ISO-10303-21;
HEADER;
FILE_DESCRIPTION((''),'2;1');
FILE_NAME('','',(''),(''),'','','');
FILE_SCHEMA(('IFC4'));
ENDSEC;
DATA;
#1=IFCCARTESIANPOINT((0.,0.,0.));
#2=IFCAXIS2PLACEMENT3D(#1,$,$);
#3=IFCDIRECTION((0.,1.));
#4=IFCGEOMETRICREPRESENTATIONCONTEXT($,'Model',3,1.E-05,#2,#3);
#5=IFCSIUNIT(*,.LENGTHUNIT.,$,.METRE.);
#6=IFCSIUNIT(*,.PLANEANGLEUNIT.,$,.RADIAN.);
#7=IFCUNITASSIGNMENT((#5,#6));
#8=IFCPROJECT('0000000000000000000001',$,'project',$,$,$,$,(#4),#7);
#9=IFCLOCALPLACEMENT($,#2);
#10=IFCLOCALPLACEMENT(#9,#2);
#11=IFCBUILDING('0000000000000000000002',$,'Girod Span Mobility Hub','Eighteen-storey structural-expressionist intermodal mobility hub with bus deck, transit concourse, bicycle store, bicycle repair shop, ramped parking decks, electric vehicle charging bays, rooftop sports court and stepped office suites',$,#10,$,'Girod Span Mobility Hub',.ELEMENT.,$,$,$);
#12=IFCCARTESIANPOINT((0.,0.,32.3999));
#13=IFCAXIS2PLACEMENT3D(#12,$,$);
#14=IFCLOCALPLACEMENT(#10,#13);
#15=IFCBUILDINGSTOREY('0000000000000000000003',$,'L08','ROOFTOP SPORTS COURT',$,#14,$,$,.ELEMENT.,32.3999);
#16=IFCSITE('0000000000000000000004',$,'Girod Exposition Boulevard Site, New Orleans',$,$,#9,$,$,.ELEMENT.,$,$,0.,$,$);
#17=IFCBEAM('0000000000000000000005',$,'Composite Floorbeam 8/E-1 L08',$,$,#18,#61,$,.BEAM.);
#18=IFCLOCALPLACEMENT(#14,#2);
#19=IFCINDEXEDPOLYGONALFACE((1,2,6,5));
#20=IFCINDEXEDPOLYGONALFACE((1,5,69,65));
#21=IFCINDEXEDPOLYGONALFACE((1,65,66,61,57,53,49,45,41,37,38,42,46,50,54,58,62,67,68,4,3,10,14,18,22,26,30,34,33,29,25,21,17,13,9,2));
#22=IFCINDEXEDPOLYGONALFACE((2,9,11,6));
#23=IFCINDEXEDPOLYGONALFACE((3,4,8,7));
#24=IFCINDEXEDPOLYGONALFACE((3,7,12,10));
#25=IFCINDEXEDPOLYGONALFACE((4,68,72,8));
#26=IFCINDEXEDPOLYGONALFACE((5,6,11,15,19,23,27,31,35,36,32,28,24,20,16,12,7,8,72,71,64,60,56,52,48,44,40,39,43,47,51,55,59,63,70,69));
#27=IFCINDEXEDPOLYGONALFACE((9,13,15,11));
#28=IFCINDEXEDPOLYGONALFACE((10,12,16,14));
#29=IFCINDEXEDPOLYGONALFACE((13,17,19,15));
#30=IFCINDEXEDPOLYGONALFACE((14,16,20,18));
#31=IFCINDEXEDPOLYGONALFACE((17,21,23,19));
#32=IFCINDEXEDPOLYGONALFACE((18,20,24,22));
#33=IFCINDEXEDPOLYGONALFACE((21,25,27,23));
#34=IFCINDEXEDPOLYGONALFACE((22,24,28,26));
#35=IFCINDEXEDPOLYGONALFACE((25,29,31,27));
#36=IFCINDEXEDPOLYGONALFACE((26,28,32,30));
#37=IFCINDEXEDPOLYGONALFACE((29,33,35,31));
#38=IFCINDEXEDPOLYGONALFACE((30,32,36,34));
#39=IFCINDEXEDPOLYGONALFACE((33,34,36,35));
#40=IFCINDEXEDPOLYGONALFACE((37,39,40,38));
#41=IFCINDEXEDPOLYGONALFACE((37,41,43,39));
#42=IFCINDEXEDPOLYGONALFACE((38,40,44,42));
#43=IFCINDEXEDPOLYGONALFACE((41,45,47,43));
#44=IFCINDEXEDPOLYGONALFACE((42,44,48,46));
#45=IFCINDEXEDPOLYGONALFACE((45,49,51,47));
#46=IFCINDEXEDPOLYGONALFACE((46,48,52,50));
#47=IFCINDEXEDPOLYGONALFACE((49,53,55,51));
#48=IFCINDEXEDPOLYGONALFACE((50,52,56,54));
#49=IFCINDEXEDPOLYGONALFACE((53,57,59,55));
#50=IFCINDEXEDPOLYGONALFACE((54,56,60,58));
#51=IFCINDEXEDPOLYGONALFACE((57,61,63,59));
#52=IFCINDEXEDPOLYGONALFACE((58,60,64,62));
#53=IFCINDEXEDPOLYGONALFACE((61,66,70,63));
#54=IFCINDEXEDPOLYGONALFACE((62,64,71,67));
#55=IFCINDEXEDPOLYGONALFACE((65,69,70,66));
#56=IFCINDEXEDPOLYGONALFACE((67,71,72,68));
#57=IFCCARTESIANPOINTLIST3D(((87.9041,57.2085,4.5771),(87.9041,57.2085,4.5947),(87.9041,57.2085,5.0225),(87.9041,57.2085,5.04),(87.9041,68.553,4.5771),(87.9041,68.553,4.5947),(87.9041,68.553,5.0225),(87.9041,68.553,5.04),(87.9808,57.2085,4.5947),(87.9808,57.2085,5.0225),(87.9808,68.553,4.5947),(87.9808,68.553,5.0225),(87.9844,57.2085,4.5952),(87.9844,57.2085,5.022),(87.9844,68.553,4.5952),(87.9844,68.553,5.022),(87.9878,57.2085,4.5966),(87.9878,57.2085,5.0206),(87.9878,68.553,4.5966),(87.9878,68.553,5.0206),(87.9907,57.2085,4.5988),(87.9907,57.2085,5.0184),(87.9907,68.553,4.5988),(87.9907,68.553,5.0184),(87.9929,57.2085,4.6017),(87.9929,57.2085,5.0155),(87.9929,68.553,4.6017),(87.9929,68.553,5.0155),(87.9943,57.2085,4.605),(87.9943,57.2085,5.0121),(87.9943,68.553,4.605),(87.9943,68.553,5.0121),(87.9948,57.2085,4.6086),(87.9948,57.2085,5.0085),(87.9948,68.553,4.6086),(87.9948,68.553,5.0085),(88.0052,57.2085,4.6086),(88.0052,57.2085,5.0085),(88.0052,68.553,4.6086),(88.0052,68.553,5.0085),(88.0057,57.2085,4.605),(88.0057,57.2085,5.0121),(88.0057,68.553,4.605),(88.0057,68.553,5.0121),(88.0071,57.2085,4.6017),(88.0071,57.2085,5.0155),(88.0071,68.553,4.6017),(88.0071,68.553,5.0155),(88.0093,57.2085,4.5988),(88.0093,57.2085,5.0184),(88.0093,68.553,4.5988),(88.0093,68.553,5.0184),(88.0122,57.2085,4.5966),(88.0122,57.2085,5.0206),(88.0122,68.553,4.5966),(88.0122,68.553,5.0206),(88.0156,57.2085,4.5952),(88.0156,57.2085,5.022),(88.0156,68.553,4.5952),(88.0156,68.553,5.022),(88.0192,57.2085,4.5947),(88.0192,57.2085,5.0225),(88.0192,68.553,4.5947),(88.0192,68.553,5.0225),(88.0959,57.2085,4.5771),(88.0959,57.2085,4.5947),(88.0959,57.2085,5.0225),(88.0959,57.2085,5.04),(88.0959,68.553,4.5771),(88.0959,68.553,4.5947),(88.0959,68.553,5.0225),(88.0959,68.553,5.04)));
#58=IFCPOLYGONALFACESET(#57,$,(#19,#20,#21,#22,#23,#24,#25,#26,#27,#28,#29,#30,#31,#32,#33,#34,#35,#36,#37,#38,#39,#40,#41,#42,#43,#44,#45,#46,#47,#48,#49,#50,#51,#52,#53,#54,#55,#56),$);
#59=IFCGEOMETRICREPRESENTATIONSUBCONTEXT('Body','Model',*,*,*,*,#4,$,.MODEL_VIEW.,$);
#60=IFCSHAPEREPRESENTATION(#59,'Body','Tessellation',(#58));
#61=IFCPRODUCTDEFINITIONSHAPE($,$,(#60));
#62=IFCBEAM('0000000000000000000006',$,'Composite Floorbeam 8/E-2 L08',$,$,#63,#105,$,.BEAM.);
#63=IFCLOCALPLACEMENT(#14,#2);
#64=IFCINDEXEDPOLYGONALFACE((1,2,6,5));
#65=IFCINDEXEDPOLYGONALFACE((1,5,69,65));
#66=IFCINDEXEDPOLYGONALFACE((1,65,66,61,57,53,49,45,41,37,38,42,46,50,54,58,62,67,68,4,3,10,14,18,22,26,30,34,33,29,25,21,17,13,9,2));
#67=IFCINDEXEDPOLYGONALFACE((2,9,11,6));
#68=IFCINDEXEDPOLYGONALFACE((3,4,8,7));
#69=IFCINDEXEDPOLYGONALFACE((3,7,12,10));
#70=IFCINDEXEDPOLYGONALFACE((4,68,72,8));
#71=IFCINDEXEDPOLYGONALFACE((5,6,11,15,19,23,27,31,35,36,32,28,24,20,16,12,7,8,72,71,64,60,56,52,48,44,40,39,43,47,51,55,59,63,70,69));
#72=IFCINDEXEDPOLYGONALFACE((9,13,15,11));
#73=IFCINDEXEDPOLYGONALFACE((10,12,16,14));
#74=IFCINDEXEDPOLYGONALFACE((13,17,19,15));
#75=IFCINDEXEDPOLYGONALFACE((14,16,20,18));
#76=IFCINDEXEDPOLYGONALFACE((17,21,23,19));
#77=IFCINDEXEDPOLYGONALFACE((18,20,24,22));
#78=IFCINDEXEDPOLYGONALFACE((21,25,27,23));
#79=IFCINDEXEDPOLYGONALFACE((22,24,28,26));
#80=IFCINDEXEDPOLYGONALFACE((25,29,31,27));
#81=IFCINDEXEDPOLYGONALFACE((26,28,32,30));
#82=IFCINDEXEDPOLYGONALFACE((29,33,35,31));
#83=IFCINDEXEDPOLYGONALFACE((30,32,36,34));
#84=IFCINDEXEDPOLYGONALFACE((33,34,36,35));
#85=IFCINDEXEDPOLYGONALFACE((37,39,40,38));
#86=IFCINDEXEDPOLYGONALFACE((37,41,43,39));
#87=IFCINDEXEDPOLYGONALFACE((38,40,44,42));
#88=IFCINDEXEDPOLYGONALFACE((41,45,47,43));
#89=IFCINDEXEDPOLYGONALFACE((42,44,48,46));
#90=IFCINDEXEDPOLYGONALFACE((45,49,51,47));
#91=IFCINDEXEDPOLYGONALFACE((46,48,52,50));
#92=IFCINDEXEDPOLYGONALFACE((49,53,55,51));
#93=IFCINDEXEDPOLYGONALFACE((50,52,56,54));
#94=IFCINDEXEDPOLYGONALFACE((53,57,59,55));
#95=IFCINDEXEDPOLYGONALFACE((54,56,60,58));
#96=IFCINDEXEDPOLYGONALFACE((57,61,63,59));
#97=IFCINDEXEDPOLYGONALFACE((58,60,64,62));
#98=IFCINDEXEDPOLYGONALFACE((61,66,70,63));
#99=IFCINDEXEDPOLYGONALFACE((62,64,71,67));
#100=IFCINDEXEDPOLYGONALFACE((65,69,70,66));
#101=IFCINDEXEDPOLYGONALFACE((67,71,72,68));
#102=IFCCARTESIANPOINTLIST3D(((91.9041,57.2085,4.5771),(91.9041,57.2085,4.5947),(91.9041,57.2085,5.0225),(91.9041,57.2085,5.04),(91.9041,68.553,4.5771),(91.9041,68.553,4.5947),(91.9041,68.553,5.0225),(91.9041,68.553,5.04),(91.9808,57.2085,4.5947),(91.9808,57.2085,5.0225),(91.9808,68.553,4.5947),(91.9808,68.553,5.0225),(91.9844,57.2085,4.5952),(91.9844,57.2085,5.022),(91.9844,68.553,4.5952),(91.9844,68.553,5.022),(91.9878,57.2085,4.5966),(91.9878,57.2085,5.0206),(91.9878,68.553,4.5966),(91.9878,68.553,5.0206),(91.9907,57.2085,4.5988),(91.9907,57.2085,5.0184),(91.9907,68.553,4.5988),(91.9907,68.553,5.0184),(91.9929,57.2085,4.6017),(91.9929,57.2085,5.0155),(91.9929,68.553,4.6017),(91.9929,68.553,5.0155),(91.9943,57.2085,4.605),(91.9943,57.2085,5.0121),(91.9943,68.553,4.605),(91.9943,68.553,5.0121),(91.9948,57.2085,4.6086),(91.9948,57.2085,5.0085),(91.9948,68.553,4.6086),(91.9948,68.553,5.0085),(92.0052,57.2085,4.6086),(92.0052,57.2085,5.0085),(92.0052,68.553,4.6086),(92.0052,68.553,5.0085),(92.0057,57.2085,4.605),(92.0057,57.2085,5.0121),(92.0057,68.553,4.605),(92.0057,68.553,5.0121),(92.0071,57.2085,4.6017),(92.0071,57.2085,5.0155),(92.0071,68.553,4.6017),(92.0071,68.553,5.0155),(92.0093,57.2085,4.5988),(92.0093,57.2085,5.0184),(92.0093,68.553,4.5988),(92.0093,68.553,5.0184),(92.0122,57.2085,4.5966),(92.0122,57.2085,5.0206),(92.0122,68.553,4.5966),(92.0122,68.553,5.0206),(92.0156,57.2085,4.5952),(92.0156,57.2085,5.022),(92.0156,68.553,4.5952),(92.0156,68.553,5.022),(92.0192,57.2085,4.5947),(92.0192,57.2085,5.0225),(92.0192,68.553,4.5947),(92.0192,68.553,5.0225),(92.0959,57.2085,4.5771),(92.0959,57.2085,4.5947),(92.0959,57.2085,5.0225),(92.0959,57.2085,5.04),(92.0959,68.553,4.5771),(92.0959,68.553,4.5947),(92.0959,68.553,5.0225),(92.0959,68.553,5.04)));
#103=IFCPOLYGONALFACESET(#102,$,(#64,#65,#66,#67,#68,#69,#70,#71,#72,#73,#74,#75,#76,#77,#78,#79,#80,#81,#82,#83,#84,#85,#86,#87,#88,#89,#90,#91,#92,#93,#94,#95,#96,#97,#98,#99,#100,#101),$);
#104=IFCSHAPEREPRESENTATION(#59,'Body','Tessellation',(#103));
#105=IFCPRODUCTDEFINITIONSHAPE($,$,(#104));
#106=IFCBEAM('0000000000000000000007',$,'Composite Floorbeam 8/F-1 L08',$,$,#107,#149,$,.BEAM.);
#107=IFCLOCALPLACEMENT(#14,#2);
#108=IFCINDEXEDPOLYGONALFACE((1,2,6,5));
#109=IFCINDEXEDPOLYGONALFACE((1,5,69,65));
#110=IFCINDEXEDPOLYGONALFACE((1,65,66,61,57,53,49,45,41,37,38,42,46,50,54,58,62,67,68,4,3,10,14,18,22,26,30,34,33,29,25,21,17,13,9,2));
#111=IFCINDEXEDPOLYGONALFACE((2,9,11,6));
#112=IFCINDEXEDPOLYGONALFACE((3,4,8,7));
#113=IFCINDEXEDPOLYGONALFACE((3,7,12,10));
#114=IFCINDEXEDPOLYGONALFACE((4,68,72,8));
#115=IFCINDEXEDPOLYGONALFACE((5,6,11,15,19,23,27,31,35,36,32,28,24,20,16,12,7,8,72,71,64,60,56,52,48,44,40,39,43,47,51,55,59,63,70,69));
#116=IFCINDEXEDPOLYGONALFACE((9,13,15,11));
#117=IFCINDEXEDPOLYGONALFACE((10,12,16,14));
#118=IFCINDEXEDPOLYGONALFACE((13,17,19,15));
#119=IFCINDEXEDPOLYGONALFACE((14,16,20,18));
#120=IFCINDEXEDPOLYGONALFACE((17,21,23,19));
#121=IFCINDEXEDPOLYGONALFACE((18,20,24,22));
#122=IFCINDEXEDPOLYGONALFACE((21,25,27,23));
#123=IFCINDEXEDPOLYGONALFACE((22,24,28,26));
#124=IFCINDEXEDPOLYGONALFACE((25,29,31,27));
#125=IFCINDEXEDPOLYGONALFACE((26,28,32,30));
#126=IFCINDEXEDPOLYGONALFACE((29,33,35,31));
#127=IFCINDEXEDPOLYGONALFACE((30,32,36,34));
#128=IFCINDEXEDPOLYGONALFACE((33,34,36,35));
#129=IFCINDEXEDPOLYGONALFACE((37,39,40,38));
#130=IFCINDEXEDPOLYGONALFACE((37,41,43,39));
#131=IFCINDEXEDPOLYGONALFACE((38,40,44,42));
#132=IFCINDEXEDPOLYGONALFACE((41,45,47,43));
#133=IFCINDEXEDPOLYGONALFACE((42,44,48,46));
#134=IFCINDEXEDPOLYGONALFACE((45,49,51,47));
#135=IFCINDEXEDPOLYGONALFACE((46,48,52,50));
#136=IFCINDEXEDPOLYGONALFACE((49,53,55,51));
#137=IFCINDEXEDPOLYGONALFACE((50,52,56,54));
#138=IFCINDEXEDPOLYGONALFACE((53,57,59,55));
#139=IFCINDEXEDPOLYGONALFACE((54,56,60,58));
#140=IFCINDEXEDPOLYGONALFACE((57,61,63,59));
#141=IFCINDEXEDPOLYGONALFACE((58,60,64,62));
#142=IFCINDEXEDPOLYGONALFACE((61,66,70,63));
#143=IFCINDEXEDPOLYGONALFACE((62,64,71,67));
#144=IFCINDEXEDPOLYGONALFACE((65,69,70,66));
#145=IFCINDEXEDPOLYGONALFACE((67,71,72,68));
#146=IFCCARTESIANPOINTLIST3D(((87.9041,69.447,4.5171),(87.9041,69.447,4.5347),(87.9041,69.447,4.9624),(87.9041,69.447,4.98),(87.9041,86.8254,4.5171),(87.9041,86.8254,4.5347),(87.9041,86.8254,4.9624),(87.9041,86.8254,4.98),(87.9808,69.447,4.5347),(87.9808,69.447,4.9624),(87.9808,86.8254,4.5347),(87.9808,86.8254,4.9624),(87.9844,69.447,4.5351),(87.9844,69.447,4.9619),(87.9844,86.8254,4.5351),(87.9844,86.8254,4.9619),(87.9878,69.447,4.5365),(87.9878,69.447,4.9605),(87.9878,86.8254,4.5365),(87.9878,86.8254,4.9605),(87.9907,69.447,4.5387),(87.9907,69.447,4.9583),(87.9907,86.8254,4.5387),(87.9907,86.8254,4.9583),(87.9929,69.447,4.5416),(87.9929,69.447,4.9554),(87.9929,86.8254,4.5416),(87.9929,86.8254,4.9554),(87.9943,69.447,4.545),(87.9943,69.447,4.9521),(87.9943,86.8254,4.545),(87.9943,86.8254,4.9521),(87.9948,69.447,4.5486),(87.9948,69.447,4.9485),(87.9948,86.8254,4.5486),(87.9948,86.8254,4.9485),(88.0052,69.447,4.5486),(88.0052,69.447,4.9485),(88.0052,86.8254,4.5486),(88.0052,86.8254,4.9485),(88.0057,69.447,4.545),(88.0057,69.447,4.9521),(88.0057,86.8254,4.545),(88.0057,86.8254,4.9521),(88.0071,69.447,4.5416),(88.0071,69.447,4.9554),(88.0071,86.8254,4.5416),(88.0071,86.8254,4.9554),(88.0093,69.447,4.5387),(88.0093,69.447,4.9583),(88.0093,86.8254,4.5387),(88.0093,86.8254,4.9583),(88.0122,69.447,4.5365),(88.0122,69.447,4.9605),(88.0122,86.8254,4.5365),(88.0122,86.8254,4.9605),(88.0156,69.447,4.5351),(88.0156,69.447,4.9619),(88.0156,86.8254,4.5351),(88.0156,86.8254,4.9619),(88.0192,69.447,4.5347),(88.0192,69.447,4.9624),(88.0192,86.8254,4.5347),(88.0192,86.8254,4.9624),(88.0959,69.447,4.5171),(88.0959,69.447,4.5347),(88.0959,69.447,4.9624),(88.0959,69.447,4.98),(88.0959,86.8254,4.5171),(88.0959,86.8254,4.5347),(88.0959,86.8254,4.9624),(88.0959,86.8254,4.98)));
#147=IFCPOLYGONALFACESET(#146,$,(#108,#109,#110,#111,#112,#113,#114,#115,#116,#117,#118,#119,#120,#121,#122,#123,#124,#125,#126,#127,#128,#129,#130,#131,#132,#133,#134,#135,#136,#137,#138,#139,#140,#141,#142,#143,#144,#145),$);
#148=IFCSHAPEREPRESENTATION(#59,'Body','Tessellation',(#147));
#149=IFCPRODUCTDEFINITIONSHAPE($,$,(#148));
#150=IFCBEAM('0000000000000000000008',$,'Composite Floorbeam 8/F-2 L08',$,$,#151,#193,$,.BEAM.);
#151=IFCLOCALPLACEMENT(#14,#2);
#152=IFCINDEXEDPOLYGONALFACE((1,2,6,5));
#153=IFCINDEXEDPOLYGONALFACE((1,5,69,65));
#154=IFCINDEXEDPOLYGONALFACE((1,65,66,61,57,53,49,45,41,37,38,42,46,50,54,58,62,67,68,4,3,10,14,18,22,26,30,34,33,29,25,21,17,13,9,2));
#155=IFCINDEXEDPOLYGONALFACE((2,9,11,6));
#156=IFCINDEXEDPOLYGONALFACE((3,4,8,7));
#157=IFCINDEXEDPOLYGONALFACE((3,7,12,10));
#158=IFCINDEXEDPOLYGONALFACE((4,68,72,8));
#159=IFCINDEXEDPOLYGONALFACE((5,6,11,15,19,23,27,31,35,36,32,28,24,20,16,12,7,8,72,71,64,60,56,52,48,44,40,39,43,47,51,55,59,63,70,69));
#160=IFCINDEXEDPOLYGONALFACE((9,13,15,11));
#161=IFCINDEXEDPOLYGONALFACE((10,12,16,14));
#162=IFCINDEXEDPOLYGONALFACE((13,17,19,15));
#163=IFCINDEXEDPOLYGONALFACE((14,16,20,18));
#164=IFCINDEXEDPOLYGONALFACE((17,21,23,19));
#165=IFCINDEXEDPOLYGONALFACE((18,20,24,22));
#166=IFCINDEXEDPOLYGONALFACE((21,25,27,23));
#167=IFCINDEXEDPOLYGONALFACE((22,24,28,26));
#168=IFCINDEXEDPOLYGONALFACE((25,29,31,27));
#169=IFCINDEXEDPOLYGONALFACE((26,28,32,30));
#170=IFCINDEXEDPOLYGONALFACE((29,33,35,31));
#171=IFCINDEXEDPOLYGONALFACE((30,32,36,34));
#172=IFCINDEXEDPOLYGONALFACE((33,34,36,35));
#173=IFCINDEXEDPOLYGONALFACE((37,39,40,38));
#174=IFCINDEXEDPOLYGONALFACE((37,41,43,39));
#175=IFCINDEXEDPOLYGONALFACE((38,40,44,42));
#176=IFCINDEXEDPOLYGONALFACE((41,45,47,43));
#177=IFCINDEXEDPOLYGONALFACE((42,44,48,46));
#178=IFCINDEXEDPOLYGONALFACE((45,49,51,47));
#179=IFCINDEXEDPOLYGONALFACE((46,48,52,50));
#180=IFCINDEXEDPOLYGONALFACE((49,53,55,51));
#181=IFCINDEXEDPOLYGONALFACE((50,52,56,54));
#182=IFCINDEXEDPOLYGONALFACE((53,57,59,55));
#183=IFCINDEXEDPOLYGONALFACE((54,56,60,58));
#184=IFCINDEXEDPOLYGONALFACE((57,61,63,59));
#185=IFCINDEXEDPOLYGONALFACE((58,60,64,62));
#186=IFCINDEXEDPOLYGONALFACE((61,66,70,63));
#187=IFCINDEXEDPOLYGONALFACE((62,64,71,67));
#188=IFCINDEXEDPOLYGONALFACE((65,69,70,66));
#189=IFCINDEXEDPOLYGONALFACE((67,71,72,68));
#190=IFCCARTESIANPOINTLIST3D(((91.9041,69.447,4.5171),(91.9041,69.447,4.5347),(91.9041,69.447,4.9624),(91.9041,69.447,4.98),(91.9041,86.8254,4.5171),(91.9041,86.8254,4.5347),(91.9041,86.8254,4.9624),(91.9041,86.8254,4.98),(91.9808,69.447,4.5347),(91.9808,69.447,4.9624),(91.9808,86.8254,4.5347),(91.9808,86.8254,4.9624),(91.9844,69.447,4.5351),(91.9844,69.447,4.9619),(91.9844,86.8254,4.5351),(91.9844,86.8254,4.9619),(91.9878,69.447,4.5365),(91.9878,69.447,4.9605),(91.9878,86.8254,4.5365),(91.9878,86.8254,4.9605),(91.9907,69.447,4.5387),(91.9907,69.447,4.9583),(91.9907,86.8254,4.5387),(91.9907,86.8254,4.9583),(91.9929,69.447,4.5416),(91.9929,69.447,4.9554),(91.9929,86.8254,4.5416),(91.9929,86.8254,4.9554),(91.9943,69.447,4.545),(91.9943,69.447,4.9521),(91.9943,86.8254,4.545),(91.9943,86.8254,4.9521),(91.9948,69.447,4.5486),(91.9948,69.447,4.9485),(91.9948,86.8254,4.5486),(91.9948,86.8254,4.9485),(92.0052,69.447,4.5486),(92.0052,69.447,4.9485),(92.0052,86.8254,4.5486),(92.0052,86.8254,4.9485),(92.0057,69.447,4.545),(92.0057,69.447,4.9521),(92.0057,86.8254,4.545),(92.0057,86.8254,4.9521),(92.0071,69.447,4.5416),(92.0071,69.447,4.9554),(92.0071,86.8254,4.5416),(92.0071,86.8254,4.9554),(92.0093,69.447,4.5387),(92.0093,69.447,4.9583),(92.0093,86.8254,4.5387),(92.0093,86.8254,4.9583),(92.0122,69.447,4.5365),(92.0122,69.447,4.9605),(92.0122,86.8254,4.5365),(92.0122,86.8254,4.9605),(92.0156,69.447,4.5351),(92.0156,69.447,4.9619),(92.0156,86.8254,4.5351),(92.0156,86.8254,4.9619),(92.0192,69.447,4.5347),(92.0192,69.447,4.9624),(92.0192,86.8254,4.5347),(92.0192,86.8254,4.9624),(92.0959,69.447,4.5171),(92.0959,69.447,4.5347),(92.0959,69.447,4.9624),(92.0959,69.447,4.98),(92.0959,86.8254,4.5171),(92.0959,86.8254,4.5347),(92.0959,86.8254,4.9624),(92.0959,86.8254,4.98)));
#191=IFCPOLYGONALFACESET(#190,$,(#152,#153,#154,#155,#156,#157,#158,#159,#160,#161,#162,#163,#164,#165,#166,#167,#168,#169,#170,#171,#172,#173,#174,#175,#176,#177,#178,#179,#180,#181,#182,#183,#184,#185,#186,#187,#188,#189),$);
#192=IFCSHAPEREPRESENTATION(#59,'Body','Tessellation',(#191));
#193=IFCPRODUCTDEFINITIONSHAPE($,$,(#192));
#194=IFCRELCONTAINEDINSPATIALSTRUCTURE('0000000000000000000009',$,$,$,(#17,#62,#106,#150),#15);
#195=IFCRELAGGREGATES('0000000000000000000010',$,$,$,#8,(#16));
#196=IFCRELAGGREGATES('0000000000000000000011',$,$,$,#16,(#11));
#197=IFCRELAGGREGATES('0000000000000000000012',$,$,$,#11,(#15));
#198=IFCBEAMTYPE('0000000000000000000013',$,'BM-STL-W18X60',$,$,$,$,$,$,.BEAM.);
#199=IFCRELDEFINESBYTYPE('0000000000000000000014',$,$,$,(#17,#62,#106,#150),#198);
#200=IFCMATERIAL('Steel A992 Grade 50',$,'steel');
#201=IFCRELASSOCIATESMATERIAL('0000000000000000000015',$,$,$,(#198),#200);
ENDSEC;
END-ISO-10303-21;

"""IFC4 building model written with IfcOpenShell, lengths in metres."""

from ifc_helpers import new_model, si_unit, direction, frame, origin, origin_2d, place, context, subcontext, project, spatial, i_section, extrude, material, material_profile, profile_set, type_object, element, save


model = new_model("IFC4")

# Units and contexts
model_context = context("Model", 3, precision=1e-05, world=origin(), true_north=direction((0.0, 1.0)))
body_context = subcontext(model_context, "Body", "Model", "MODEL_VIEW")
ifc_project = project(units=[si_unit("LENGTHUNIT", "METRE"), si_unit("PLANEANGLEUNIT", "RADIAN")], contexts=[model_context])

# Site, building, storey
site_placement = place(None, origin())
site = spatial("IfcSite", under=ifc_project, at=site_placement, Name="Girod Exposition Boulevard Site, New Orleans", CompositionType="ELEMENT", RefElevation=0.0)
building_placement = place(site_placement, origin())
building = spatial("IfcBuilding", under=site, at=building_placement, Name="Girod Span Mobility Hub", Description="Eighteen-storey structural-expressionist intermodal mobility hub with bus deck, transit concourse, bicycle store, bicycle repair shop, ramped parking decks, electric vehicle charging bays, rooftop sports court and stepped office suites", LongName="Girod Span Mobility Hub", CompositionType="ELEMENT")
storey_placement = place(building_placement, frame((0.0, 0.0, 32.3999)))
storey = spatial("IfcBuildingStorey", under=building, at=storey_placement, Name="L08", Description="ROOFTOP SPORTS COURT", CompositionType="ELEMENT", Elevation=32.3999)

# Beams
ifc_material_1 = material(Name="Steel A992 Grade 50", Category="steel")
ifc_material_profile_1 = material_profile(ifc_material_1, i_section(OverallWidth=0.1919, OverallDepth=0.4629, WebThickness=0.0105, FlangeThickness=0.0176, FilletRadius=0.0139, at=origin_2d()), Name="W18X60")
ifc_profile_set_1 = profile_set([ifc_material_profile_1], Name="Steel A992 Grade 50")
beam_type_1 = type_object("IfcBeamType", Name="BM-STL-W18X60", PredefinedType="BEAM", material=ifc_profile_set_1)
for number, where, z_axis, x_axis, name in (
    (1, (88.0, 57.2085, 4.8086), (0.0, 1.0, 0.0), (-1.0, 0.0, 0.0), "Composite Floorbeam 8/E-1 L08"),
    (2, (92.0, 57.2085, 4.8086), (0.0, 1.0, 0.0), (-1.0, 0.0, 0.0), "Composite Floorbeam 8/E-2 L08"),
):
    element("IfcBeam", number, at=place(storey_placement, frame(where, z_axis=z_axis, x_axis=x_axis)), inside=storey, type_object=beam_type_1, Name=name, PredefinedType="BEAM", context=body_context, shape_type="SweptSolid", body=[
        extrude(i_section(OverallWidth=0.1919, OverallDepth=0.4629, WebThickness=0.0105, FlangeThickness=0.0176, FilletRadius=0.0139, at=origin_2d()), origin(), (0.0, 0.0, 1.0), 11.3445),
    ])
for number, where, z_axis, x_axis, name in (
    (3, (88.0, 69.447, 4.7485), (0.0, 1.0, 0.0), (-1.0, 0.0, 0.0), "Composite Floorbeam 8/F-1 L08"),
    (4, (92.0, 69.447, 4.7485), (0.0, 1.0, 0.0), (-1.0, 0.0, 0.0), "Composite Floorbeam 8/F-2 L08"),
):
    element("IfcBeam", number, at=place(storey_placement, frame(where, z_axis=z_axis, x_axis=x_axis)), inside=storey, type_object=beam_type_1, Name=name, PredefinedType="BEAM", context=body_context, shape_type="SweptSolid", body=[
        extrude(i_section(OverallWidth=0.1919, OverallDepth=0.4629, WebThickness=0.0105, FlangeThickness=0.0176, FilletRadius=0.0139, at=origin_2d()), origin(), (0.0, 0.0, 1.0), 17.3784),
    ])

save(model, "model.ifc")
